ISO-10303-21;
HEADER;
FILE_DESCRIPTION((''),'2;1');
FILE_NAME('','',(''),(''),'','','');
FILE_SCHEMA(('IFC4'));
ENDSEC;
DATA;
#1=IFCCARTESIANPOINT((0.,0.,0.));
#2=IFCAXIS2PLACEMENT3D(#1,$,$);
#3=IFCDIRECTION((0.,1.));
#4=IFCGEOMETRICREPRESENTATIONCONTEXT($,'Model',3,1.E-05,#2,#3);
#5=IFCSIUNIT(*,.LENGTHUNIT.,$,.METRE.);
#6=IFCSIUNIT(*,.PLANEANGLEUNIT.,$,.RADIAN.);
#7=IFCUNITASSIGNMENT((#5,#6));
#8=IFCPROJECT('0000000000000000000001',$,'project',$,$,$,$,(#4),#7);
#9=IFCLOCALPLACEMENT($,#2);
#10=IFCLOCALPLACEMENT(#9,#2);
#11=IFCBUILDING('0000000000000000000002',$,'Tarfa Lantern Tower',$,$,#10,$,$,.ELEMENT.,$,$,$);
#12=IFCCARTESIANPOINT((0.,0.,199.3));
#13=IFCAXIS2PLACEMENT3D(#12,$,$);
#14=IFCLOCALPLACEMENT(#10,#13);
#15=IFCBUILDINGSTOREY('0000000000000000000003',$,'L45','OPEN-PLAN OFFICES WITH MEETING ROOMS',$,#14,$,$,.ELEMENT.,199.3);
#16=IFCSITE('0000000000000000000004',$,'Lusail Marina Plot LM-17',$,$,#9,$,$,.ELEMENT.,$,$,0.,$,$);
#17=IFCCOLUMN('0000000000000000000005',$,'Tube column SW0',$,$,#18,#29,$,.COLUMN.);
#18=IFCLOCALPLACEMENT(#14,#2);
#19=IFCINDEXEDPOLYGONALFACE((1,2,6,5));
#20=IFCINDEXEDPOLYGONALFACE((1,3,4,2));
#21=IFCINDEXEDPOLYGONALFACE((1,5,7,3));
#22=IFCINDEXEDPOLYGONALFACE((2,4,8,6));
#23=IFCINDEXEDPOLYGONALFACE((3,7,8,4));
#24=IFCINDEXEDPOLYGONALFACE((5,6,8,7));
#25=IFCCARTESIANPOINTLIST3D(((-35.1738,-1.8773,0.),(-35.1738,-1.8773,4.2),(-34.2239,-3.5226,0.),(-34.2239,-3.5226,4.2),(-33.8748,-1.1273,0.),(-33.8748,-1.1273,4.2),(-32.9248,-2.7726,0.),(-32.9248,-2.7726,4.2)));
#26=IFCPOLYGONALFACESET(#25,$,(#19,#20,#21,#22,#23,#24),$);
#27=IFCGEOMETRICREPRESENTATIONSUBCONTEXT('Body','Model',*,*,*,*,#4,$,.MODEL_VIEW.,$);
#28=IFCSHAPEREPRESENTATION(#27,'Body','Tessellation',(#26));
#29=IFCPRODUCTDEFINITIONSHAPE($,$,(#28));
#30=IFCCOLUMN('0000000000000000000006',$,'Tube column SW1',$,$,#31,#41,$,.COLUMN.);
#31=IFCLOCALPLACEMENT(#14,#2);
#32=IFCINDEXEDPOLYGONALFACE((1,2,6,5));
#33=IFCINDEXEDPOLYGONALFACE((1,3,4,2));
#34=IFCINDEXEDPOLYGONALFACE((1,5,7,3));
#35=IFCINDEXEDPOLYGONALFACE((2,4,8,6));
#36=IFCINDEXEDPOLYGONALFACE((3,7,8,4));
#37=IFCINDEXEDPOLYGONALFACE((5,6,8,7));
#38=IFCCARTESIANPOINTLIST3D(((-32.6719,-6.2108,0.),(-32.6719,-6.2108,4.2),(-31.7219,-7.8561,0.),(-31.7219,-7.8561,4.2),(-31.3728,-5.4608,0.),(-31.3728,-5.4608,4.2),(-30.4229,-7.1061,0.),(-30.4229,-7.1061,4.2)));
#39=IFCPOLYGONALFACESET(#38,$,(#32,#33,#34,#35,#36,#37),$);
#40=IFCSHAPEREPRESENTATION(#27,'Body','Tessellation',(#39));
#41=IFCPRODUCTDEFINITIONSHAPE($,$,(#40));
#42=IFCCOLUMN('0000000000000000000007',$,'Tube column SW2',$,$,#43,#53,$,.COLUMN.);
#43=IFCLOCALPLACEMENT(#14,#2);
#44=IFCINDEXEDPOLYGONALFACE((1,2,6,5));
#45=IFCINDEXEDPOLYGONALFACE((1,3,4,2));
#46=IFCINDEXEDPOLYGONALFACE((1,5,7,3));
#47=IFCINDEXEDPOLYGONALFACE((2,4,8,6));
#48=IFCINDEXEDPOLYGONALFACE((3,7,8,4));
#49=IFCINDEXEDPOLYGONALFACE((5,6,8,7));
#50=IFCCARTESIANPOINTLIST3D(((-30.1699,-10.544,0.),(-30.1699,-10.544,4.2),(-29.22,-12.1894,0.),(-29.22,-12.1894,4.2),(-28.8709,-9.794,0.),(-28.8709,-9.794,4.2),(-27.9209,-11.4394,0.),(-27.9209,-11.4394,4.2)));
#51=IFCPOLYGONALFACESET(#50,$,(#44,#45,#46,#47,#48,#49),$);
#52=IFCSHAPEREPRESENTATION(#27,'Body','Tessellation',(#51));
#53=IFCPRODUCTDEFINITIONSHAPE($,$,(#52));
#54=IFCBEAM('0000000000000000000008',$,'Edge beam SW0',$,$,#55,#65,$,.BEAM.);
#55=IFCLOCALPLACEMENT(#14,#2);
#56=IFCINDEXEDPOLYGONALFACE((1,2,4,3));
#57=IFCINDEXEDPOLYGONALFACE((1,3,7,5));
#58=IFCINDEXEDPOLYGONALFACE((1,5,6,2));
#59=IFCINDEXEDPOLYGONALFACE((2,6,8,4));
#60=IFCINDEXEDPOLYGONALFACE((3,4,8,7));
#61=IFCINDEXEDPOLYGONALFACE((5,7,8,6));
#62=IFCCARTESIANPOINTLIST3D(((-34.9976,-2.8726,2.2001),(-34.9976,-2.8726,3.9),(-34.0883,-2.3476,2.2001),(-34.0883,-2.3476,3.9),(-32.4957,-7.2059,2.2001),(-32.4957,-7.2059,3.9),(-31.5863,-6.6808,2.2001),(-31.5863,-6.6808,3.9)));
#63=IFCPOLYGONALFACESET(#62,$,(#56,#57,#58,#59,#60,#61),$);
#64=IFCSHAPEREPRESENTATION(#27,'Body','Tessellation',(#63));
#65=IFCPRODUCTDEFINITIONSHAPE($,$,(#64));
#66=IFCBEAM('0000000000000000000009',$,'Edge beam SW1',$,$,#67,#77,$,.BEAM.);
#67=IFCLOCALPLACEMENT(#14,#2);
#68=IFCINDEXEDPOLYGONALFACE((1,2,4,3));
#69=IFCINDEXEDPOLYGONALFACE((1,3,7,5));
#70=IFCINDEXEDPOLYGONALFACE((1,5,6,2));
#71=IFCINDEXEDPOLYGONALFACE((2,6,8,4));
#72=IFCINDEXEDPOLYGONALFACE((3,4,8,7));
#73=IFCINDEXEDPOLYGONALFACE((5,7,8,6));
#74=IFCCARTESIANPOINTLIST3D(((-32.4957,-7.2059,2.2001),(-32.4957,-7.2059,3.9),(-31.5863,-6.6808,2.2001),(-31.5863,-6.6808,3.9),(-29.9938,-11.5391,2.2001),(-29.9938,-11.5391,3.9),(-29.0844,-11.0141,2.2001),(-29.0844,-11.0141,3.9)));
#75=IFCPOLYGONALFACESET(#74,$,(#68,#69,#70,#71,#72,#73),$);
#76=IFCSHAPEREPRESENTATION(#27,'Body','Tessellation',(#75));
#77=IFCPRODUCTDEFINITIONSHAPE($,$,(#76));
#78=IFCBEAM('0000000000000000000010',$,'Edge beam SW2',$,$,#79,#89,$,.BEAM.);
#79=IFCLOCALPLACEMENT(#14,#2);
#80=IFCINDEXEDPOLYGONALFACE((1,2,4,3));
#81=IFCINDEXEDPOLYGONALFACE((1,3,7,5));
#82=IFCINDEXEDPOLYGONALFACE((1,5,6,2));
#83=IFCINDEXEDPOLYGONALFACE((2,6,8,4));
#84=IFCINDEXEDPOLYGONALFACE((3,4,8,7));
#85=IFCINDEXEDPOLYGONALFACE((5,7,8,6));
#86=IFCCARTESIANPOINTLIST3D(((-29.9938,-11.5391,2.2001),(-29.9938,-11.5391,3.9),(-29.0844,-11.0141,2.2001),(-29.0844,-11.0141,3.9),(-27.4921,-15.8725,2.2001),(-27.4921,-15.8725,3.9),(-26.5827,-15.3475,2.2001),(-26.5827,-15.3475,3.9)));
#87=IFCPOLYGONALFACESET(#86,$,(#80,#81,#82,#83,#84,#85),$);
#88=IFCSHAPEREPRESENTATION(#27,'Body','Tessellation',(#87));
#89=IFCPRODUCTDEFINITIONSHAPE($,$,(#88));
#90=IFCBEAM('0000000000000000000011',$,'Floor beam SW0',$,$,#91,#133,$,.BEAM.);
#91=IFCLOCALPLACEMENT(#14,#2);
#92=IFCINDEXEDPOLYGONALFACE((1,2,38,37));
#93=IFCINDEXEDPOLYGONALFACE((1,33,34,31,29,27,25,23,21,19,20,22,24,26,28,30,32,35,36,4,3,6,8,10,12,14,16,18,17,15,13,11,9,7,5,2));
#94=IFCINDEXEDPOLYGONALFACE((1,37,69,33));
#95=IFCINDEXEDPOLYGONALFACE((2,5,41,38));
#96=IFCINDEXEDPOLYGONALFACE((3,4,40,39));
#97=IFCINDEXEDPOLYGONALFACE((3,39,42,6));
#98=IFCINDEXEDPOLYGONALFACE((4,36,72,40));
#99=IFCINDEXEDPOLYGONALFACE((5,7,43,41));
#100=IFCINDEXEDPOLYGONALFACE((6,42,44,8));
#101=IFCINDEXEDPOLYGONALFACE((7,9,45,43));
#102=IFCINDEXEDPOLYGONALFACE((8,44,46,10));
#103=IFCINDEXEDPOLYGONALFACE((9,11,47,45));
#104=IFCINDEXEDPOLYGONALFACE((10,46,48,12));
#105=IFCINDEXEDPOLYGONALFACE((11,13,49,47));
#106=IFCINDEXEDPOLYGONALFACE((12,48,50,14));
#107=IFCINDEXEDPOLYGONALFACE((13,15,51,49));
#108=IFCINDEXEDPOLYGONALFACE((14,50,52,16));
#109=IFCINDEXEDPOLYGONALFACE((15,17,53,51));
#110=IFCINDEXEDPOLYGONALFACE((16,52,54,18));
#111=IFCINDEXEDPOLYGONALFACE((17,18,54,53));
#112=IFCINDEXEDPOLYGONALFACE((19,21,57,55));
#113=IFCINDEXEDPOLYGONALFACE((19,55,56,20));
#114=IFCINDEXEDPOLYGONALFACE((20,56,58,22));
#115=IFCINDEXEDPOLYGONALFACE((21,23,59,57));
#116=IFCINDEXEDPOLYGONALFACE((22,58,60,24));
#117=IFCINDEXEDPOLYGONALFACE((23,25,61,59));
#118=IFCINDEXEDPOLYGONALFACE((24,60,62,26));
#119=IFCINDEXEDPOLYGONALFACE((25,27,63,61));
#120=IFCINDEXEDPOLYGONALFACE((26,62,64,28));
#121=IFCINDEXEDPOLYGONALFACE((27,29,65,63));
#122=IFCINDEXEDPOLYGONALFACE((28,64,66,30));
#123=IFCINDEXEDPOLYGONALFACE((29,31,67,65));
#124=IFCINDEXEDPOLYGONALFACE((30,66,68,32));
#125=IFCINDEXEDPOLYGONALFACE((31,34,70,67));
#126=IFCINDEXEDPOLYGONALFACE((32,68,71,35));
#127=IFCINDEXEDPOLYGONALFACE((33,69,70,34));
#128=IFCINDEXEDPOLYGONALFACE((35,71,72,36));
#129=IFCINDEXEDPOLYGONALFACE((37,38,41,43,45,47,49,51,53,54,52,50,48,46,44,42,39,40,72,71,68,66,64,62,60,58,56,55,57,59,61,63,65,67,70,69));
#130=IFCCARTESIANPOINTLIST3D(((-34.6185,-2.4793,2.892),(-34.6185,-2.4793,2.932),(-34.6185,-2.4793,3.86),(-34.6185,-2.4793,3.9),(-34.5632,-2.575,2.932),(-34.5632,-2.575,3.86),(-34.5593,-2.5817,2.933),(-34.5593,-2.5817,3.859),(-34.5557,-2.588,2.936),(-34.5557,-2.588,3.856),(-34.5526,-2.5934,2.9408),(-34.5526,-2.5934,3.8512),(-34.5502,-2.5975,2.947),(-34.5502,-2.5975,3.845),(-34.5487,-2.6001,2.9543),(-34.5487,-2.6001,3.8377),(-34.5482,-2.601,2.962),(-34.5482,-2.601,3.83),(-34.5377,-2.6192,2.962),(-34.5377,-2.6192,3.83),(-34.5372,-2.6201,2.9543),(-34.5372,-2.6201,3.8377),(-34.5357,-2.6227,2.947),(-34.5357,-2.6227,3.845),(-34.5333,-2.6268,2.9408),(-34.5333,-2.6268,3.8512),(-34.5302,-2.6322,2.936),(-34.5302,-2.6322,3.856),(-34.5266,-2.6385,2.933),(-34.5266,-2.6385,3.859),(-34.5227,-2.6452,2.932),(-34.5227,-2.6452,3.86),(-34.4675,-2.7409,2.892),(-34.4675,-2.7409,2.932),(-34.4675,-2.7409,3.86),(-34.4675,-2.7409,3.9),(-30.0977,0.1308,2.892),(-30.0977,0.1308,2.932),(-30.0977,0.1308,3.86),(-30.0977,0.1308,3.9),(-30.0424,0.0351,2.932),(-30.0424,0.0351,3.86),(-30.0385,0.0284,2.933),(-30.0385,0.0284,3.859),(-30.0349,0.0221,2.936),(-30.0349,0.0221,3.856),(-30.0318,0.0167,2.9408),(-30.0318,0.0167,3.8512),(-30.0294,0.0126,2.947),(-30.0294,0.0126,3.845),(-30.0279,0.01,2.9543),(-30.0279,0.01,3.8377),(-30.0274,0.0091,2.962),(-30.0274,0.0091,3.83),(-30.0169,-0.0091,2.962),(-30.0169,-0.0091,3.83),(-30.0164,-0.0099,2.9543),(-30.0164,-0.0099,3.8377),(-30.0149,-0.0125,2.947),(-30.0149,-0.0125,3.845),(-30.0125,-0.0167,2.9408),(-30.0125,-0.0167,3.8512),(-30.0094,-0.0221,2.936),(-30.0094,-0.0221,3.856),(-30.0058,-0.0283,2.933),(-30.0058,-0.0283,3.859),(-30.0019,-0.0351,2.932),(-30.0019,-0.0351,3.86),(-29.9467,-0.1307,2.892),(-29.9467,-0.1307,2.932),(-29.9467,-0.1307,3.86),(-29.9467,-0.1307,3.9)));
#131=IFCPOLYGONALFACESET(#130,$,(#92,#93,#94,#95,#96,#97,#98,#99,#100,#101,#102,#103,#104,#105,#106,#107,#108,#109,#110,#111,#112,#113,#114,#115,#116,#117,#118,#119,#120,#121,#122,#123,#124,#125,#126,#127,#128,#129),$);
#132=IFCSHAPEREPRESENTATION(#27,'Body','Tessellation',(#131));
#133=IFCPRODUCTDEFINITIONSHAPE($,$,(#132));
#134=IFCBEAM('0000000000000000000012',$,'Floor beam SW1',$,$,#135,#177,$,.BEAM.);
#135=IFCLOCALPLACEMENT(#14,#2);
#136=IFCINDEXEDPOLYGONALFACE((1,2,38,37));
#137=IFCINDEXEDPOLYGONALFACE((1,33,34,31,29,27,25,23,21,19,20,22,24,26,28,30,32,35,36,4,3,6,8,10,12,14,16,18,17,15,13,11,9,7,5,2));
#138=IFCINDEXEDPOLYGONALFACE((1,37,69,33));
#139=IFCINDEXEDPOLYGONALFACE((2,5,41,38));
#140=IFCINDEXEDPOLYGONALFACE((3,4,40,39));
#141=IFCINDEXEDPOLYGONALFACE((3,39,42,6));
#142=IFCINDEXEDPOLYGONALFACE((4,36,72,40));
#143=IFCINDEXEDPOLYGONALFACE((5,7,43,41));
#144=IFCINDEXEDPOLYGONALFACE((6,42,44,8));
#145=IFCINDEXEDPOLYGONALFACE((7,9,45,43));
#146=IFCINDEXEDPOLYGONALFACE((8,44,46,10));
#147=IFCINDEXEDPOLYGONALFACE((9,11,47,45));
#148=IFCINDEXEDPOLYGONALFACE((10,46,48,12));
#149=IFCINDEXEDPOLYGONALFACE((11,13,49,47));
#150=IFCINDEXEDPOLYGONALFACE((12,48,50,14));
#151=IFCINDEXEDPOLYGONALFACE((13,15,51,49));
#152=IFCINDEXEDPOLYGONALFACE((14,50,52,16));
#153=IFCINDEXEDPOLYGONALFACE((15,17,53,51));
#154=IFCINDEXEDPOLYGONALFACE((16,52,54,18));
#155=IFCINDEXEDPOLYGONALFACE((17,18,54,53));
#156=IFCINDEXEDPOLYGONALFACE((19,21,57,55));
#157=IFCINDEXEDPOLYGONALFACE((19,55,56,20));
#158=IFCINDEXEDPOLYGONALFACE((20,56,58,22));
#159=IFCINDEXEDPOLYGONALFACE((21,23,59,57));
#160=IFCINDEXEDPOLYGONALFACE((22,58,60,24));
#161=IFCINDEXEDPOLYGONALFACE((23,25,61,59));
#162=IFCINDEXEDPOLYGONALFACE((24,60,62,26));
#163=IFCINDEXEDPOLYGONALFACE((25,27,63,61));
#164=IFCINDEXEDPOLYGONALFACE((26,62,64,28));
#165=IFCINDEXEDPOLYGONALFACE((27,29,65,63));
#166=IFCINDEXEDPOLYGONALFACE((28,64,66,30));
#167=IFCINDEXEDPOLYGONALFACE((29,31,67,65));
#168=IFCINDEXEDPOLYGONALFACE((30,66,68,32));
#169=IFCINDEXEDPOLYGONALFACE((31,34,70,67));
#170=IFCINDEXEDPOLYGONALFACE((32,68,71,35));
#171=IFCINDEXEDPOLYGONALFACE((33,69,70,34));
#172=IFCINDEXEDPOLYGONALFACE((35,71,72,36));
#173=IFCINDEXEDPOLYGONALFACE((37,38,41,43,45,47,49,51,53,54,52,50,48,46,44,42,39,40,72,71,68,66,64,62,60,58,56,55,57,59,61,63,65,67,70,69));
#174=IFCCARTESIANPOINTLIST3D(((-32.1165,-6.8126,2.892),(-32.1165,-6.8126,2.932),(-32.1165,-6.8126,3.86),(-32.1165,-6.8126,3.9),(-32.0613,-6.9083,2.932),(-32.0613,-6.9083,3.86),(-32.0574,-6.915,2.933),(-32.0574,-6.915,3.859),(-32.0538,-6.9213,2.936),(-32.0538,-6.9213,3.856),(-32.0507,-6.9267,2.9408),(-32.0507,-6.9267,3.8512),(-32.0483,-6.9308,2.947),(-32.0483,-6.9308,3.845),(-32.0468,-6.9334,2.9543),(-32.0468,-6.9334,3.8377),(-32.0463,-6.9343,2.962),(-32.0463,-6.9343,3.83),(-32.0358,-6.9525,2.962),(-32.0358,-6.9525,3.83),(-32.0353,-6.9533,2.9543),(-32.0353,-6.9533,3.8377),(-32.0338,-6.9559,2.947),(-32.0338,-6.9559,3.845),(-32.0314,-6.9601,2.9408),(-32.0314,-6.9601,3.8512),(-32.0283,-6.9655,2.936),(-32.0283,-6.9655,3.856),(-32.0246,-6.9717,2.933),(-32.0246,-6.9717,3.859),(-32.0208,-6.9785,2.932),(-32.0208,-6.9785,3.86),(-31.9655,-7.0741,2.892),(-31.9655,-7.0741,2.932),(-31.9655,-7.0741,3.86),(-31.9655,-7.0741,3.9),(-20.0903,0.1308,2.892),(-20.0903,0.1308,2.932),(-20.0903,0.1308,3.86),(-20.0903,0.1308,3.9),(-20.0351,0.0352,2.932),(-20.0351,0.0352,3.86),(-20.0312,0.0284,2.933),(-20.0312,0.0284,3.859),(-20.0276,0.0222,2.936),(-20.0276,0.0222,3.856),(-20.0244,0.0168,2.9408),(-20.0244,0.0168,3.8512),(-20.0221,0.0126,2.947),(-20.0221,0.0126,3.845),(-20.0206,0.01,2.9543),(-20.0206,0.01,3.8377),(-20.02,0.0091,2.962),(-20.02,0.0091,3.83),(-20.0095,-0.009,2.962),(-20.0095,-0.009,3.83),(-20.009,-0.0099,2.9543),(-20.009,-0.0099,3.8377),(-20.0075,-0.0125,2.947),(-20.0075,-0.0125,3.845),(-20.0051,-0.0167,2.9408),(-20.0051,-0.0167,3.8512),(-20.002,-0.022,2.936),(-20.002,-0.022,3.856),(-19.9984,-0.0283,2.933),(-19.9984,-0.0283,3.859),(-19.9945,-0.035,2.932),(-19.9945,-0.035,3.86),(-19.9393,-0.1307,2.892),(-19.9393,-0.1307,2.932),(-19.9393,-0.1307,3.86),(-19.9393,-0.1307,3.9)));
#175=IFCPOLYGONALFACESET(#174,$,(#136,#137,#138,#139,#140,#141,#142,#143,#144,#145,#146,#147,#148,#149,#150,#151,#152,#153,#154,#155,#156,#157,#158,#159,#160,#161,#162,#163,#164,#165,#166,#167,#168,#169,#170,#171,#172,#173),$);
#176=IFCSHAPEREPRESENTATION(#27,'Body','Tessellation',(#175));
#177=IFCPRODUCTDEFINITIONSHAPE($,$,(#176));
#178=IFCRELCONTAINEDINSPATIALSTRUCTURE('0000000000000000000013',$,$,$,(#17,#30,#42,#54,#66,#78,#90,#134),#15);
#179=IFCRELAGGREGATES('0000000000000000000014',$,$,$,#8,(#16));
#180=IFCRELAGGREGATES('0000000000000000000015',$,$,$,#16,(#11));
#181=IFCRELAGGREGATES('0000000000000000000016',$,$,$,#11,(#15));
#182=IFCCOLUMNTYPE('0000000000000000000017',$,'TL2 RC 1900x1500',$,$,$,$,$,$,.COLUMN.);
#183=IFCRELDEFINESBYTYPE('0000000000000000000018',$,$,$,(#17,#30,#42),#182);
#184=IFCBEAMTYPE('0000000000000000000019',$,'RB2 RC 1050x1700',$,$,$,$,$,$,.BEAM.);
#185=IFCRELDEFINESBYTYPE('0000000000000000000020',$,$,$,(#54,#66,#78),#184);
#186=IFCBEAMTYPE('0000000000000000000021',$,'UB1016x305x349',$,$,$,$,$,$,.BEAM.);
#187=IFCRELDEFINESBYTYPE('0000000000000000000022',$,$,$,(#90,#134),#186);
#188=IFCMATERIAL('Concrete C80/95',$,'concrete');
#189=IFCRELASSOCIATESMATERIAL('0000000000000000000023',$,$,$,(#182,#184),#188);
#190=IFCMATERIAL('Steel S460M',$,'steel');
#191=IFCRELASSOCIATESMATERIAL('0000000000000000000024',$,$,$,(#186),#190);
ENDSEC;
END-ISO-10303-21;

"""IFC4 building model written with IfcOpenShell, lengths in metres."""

from ifc_helpers import new_model, si_unit, direction, frame, origin, origin_2d, place, context, subcontext, project, spatial, rectangle, i_section, extrude, material, material_profile, profile_set, type_object, element, save


model = new_model("IFC4")

# Units and contexts
model_context = context("Model", 3, precision=1e-05, world=origin(), true_north=direction((0.0, 1.0)))
body_context = subcontext(model_context, "Body", "Model", "MODEL_VIEW")
ifc_project = project(units=[si_unit("LENGTHUNIT", "METRE"), si_unit("PLANEANGLEUNIT", "RADIAN")], contexts=[model_context])

# Site, building, storey
site_placement = place(None, origin())
site = spatial("IfcSite", under=ifc_project, at=site_placement, Name="Lusail Marina Plot LM-17", CompositionType="ELEMENT", RefElevation=0.0)
building_placement = place(site_placement, origin())
building = spatial("IfcBuilding", under=site, at=building_placement, Name="Tarfa Lantern Tower", CompositionType="ELEMENT")
storey_placement = place(building_placement, frame((0.0, 0.0, 199.3)))
storey = spatial("IfcBuildingStorey", under=building, at=storey_placement, Name="L45", Description="OPEN-PLAN OFFICES WITH MEETING ROOMS", CompositionType="ELEMENT", Elevation=199.3)

# Columns
ifc_material_1 = material(Name="Concrete C80/95", Category="concrete")
ifc_material_profile_1 = material_profile(ifc_material_1, rectangle(XDim=1.8999, YDim=1.5, at=origin_2d()), Name="RC 1900x1500")
ifc_profile_set_1 = profile_set([ifc_material_profile_1], Name="Concrete C80/95")
column_type = type_object("IfcColumnType", Name="TL2 RC 1900x1500", PredefinedType="COLUMN", material=ifc_profile_set_1)
for number, where, z_axis, x_axis, name in (
    (1, (-34.0493, -2.325, 0.0), (0.0, 0.0, 1.0), (0.5, -0.866025, 0.0), "Tube column SW0"),
    (2, (-31.5474, -6.6584, 0.0), (0.0, 0.0, 1.0), (0.5, -0.866025, 0.0), "Tube column SW1"),
    (3, (-29.0454, -10.9917, 0.0), (0.0, 0.0, 1.0), (0.5, -0.866025, 0.0), "Tube column SW2"),
):
    element("IfcColumn", number, at=place(storey_placement, frame(where, z_axis=z_axis, x_axis=x_axis)), inside=storey, type_object=column_type, Name=name, PredefinedType="COLUMN", context=body_context, shape_type="SweptSolid", body=[
        extrude(rectangle(XDim=1.8999, YDim=1.5, at=origin_2d()), origin(), (0.0, 0.0, 1.0), 4.2),
    ])

# Beams
ifc_material_profile_2 = material_profile(ifc_material_1, rectangle(XDim=1.05, YDim=1.7, at=origin_2d()), Name="RC 1050x1700")
ifc_profile_set_2 = profile_set([ifc_material_profile_2], Name="Concrete C80/95")
beam_type_1 = type_object("IfcBeamType", Name="RB2 RC 1050x1700", PredefinedType="BEAM", material=ifc_profile_set_2)
for number, where, z_axis, x_axis, name in (
    (4, (-34.543, -2.6101, 3.05), (0.500022, -0.866013, 0.0), (0.866013, 0.500022, 0.0), "Edge beam SW0"),
    (5, (-32.041, -6.9434, 3.05), (0.500022, -0.866013, 0.0), (0.866013, 0.500022, 0.0), "Edge beam SW1"),
    (6, (-29.5391, -11.2766, 3.05), (0.499965, -0.866046, 0.0), (0.866046, 0.499965, 0.0), "Edge beam SW2"),
):
    element("IfcBeam", number, at=place(storey_placement, frame(where, z_axis=z_axis, x_axis=x_axis)), inside=storey, type_object=beam_type_1, Name=name, PredefinedType="BEAM", context=body_context, shape_type="SweptSolid", body=[
        extrude(rectangle(XDim=1.05, YDim=1.7, at=origin_2d()), origin(), (0.0, 0.0, 1.0), 5.0037),
    ])
ifc_material_2 = material(Name="Steel S460M", Category="steel")
ifc_material_profile_3 = material_profile(ifc_material_2, i_section(OverallWidth=0.302, OverallDepth=1.0081, WebThickness=0.021, FlangeThickness=0.04, FilletRadius=0.03, at=origin_2d()), Name="UB1016x305x349")
ifc_profile_set_3 = profile_set([ifc_material_profile_3], Name="Steel S460M")
beam_type_2 = type_object("IfcBeamType", Name="UB1016x305x349", PredefinedType="BEAM", material=ifc_profile_set_3)
beam_1_placement = place(storey_placement, frame((-34.543, -2.6101, 3.396), z_axis=(0.866021, 0.500007, 0.0), x_axis=(-0.500007, 0.866021, 0.0)))
element("IfcBeam", 7, at=beam_1_placement, inside=storey, type_object=beam_type_2, Name="Floor beam SW0", PredefinedType="BEAM", context=body_context, shape_type="SweptSolid", body=[
    extrude(i_section(OverallWidth=0.302, OverallDepth=1.0081, WebThickness=0.021, FlangeThickness=0.04, FilletRadius=0.03, at=origin_2d()), origin(), (0.0, 0.0, 1.0), 5.2202),
])
beam_2_placement = place(storey_placement, frame((-32.041, -6.9434, 3.396), z_axis=(0.866023, 0.500004, 0.0), x_axis=(-0.500004, 0.866023, 0.0)))
element("IfcBeam", 8, at=beam_2_placement, inside=storey, type_object=beam_type_2, Name="Floor beam SW1", PredefinedType="BEAM", context=body_context, shape_type="SweptSolid", body=[
    extrude(i_section(OverallWidth=0.302, OverallDepth=1.0081, WebThickness=0.021, FlangeThickness=0.04, FilletRadius=0.03, at=origin_2d()), origin(), (0.0, 0.0, 1.0), 13.8867),
])

save(model, "model.ifc")
